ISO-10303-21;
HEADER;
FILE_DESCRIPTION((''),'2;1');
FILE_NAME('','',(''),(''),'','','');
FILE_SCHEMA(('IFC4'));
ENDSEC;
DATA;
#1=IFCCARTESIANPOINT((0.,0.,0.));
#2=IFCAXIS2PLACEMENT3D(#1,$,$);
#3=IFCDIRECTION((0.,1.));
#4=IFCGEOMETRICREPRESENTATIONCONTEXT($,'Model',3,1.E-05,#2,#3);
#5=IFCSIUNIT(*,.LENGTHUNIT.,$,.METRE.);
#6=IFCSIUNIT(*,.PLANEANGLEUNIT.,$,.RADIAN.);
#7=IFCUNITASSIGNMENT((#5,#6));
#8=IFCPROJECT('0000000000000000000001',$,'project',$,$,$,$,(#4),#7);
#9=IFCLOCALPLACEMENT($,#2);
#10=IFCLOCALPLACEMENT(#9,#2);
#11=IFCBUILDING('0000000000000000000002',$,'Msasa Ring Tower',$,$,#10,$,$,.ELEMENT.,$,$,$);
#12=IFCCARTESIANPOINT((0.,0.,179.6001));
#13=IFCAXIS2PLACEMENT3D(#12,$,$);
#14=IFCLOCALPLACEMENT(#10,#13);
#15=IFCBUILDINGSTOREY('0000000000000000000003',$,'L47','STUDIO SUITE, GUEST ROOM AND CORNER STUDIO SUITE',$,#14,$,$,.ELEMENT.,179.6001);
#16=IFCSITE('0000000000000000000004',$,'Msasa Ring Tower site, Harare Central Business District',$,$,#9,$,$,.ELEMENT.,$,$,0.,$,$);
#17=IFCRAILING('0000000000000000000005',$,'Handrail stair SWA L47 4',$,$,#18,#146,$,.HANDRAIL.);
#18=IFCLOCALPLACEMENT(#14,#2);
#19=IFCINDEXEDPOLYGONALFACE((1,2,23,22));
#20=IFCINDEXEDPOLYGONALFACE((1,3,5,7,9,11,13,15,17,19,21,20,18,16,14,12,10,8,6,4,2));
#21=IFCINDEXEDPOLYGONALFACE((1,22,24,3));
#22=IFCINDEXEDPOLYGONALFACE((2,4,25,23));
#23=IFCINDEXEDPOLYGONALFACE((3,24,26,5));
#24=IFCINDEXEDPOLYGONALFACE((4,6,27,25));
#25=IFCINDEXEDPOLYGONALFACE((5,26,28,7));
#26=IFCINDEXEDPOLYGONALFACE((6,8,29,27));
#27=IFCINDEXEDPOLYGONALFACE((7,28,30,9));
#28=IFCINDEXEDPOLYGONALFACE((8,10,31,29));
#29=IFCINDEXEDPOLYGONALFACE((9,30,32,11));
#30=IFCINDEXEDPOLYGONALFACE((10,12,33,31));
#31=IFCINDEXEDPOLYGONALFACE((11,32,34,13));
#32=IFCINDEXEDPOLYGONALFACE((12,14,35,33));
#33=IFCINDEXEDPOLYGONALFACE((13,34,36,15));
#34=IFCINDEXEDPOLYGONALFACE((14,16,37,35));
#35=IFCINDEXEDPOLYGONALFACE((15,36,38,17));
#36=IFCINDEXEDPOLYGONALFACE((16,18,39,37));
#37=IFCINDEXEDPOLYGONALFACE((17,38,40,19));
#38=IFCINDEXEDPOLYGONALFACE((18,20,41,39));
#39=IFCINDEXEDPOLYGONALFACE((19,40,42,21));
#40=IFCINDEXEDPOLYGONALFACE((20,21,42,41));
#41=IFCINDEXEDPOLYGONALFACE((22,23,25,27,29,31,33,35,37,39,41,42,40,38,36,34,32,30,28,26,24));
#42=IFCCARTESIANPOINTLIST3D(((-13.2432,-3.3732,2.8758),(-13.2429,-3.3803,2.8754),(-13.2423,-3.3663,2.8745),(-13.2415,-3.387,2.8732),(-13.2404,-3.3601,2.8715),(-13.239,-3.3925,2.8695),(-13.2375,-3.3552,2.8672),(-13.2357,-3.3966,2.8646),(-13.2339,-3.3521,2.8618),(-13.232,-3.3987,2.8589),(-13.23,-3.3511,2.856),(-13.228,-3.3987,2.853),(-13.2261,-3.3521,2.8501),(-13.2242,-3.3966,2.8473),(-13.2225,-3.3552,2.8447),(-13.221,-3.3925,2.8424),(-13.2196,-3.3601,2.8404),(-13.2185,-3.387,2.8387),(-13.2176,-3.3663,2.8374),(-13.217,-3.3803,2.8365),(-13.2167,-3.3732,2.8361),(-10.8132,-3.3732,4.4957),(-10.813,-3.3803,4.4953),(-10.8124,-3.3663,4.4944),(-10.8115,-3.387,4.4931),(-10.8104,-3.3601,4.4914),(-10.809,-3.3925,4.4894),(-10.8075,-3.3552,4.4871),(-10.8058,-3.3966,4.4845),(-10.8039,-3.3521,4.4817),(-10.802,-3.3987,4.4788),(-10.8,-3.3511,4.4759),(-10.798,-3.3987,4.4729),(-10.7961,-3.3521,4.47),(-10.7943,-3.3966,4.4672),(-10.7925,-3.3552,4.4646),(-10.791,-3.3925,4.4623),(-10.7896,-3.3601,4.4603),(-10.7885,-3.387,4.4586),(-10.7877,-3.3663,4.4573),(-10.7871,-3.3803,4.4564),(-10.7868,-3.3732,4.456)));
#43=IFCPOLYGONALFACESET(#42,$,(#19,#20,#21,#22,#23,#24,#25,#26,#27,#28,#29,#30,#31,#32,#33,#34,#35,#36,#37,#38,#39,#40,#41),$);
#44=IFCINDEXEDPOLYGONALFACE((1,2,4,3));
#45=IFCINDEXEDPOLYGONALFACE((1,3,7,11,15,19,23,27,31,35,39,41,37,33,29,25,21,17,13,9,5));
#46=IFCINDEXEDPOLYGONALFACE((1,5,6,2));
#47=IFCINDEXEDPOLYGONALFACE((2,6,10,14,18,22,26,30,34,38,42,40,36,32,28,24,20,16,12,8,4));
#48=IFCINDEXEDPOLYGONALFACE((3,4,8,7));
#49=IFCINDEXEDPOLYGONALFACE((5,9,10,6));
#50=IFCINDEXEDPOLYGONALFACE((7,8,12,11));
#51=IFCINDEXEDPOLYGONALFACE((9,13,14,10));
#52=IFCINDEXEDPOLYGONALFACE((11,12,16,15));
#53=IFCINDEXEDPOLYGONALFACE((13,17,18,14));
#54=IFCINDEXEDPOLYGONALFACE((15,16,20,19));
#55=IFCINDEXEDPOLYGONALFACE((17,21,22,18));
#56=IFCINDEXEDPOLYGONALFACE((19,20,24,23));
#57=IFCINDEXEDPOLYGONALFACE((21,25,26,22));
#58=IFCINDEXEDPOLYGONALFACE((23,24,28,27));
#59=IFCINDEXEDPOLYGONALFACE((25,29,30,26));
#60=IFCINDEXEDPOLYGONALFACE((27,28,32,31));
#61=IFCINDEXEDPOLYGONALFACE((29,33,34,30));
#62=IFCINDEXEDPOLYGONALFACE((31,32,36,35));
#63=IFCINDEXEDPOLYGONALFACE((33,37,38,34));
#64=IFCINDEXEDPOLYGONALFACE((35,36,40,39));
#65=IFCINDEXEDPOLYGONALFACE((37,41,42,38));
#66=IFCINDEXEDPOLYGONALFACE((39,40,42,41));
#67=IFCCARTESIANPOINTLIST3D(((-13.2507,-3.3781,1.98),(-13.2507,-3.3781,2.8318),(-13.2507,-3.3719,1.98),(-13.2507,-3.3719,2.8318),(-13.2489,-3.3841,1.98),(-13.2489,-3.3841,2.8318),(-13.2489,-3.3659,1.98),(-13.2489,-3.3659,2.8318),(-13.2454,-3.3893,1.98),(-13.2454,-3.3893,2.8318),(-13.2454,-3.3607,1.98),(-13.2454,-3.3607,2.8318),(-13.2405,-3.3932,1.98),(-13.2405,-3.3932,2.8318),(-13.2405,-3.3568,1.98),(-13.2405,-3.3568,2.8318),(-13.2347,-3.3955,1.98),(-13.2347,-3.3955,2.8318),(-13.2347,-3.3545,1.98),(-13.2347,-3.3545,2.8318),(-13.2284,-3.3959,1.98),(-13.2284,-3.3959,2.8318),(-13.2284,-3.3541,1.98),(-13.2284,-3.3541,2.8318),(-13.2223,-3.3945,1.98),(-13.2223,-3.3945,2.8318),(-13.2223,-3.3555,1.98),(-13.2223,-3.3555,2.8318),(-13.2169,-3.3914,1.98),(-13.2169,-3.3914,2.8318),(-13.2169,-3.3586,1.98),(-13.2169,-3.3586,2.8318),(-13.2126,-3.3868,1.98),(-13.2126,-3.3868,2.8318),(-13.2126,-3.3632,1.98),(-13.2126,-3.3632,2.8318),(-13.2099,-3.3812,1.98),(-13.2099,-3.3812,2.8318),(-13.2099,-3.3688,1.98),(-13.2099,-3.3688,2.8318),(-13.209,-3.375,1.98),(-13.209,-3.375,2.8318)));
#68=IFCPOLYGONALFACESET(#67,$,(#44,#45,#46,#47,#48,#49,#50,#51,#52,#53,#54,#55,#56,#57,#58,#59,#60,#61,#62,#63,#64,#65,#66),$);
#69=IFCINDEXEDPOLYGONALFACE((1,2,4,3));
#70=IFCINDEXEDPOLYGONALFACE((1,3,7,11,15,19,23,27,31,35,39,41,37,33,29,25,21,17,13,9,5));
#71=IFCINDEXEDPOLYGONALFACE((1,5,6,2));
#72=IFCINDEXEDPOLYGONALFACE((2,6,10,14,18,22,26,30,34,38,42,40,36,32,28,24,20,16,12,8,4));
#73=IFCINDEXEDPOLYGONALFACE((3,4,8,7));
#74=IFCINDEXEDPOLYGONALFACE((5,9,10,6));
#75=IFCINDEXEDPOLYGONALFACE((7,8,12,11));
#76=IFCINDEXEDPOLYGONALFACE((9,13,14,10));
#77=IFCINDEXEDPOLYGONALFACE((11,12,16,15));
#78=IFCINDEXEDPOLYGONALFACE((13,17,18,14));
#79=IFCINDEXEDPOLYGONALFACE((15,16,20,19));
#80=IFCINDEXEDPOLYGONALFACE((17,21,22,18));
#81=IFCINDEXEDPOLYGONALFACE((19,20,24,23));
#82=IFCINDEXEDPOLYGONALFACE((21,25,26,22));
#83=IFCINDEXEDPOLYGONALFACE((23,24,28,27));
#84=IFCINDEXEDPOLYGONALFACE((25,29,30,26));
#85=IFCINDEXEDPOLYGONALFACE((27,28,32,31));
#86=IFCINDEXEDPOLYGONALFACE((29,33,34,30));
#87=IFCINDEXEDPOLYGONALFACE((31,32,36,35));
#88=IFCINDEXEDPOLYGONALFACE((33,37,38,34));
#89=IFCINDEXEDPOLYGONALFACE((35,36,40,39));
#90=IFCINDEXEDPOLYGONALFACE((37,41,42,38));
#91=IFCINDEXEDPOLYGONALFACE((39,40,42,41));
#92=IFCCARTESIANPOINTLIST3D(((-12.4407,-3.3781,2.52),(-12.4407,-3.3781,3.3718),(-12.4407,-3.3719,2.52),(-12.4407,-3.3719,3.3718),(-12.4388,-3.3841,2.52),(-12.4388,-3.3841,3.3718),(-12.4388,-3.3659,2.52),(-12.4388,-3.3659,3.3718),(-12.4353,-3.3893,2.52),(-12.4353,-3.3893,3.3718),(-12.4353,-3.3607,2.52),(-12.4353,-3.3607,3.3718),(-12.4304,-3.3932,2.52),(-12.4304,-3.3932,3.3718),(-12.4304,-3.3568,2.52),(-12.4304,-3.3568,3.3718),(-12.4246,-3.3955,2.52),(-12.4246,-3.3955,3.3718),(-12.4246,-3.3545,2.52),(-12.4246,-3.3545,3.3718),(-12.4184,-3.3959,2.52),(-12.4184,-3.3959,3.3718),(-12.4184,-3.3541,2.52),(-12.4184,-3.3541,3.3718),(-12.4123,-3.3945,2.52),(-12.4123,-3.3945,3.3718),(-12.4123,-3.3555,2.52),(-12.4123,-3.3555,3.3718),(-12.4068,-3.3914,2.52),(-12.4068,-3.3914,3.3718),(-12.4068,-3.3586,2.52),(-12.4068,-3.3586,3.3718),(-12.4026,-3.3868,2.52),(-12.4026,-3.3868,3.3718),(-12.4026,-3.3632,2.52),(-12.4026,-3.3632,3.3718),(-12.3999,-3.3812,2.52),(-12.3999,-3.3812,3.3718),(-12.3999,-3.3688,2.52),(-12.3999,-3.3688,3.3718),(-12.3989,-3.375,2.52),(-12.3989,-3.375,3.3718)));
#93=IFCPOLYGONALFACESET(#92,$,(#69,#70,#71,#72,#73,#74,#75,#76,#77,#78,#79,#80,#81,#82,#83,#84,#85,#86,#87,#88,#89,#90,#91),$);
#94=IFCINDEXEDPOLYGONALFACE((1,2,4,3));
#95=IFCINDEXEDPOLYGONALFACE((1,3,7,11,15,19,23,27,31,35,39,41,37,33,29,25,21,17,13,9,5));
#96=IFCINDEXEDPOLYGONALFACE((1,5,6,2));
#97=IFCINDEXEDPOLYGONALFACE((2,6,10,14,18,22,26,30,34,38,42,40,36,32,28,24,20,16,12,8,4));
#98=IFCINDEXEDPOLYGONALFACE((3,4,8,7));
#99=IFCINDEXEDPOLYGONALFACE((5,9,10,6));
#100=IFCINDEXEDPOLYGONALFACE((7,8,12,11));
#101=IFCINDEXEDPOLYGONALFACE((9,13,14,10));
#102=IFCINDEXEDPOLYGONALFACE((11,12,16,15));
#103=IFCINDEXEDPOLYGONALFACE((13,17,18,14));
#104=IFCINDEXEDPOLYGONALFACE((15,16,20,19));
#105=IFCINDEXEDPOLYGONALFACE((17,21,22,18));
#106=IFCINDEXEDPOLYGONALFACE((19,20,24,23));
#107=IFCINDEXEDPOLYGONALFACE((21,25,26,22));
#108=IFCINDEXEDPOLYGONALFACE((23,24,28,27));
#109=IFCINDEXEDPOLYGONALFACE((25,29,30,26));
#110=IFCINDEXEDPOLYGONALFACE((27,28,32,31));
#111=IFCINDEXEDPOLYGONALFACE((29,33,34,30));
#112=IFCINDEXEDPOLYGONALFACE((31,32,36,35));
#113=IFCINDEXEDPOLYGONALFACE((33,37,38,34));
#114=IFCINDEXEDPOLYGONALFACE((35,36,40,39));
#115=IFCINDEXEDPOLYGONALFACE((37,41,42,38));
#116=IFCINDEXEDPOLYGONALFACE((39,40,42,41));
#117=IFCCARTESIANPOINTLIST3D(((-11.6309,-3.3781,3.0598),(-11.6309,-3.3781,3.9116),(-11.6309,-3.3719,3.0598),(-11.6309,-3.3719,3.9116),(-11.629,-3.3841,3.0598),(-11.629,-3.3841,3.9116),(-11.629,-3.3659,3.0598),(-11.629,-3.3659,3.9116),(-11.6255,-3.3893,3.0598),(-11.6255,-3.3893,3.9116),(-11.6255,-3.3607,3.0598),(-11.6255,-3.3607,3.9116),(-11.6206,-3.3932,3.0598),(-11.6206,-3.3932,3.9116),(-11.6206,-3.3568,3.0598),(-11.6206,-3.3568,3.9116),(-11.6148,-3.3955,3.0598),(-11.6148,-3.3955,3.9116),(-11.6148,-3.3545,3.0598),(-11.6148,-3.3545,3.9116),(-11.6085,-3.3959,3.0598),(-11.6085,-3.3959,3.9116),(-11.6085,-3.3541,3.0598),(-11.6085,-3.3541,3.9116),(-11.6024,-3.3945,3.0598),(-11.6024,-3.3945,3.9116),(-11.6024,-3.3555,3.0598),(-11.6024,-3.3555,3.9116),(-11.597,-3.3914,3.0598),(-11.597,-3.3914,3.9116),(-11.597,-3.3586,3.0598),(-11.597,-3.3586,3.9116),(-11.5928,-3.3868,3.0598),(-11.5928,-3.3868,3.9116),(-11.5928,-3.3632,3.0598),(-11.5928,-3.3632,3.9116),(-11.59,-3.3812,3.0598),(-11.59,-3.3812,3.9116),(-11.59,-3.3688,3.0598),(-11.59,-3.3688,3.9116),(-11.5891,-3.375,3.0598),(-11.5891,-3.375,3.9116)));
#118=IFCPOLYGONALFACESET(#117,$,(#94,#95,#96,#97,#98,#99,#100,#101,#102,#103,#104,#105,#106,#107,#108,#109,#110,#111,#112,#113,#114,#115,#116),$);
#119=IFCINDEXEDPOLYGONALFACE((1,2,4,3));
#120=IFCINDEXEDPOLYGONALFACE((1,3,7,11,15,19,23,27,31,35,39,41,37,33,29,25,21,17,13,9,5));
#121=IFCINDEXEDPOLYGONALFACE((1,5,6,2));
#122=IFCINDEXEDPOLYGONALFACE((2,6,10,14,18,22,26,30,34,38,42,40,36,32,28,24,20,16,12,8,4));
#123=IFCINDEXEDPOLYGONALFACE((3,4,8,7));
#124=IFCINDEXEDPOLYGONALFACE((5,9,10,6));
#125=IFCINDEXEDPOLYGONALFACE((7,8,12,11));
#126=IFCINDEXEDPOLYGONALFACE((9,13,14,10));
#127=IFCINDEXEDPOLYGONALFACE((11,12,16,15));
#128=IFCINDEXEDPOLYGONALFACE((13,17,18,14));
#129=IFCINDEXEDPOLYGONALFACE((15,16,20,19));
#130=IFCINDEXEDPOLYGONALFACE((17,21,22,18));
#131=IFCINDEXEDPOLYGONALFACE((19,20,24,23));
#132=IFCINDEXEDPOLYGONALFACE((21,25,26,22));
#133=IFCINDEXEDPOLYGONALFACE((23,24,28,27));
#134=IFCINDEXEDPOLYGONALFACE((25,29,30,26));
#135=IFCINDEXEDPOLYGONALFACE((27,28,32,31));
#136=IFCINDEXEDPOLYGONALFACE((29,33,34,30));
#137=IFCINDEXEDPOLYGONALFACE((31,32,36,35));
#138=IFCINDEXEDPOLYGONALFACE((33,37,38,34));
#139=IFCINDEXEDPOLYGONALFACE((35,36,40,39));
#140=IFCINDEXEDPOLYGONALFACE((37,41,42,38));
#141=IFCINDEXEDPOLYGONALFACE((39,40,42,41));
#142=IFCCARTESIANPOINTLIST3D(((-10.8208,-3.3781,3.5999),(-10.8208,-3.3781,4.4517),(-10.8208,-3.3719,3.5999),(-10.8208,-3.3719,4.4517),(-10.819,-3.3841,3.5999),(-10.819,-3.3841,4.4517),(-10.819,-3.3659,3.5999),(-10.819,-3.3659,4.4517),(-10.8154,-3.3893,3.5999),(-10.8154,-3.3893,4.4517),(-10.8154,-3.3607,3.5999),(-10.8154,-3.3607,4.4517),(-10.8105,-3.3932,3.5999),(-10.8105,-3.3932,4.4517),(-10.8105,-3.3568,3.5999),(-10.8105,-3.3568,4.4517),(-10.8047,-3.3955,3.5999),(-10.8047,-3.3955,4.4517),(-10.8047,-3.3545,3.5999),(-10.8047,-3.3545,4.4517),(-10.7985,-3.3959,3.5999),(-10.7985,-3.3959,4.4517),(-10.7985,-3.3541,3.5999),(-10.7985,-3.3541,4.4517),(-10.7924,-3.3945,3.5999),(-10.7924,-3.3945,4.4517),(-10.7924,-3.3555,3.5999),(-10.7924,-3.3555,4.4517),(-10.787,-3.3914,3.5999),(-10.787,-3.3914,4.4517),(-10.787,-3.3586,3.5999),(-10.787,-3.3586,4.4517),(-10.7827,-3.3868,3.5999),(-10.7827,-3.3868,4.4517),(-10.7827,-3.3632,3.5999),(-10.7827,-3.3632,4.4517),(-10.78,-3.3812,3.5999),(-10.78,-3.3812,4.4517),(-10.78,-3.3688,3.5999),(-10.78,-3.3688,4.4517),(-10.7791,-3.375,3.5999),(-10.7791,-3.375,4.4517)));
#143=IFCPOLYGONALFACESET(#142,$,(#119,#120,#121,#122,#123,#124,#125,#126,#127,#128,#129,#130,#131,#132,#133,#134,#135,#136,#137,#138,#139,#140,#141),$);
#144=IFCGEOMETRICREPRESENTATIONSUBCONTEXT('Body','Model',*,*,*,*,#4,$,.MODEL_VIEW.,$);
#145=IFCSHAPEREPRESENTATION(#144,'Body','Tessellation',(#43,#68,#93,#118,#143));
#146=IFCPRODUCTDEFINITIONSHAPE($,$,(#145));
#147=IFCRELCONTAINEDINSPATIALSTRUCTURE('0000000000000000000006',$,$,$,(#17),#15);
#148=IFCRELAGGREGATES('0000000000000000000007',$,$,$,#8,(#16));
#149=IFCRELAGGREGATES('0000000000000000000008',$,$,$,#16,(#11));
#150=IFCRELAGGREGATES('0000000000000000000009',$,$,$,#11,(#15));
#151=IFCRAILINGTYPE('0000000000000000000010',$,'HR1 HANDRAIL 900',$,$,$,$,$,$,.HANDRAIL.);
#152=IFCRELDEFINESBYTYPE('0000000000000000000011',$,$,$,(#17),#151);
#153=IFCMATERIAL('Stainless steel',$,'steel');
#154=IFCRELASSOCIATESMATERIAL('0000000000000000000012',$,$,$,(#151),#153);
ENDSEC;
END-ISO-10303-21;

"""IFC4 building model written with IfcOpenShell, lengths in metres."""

from ifc_helpers import new_model, si_unit, direction, frame, origin, origin_2d, place, context, subcontext, project, spatial, circle, extrude, material, type_object, element, save


model = new_model("IFC4")

# Units and contexts
model_context = context("Model", 3, precision=1e-05, world=origin(), true_north=direction((0.0, 1.0)))
body_context = subcontext(model_context, "Body", "Model", "MODEL_VIEW")
ifc_project = project(units=[si_unit("LENGTHUNIT", "METRE"), si_unit("PLANEANGLEUNIT", "RADIAN")], contexts=[model_context])

# Site, building, storey
site_placement = place(None, origin())
site = spatial("IfcSite", under=ifc_project, at=site_placement, Name="Msasa Ring Tower site, Harare Central Business District", CompositionType="ELEMENT", RefElevation=0.0)
building_placement = place(site_placement, origin())
building = spatial("IfcBuilding", under=site, at=building_placement, Name="Msasa Ring Tower", CompositionType="ELEMENT")
storey_placement = place(building_placement, frame((0.0, 0.0, 179.6001)))
storey = spatial("IfcBuildingStorey", under=building, at=storey_placement, Name="L47", Description="STUDIO SUITE, GUEST ROOM AND CORNER STUDIO SUITE", CompositionType="ELEMENT", Elevation=179.6001)

# Railing
ifc_material_1 = material(Name="Stainless steel", Category="steel")
railing_type = type_object("IfcRailingType", Name="HR1 HANDRAIL 900", PredefinedType="HANDRAIL", material=ifc_material_1)
for number, where, name in (
    (1, (-13.23, -3.375, 1.98), "Handrail stair SWA L47 4"),
):
    element("IfcRailing", number, at=place(storey_placement, frame(where)), inside=storey, type_object=railing_type, Name=name, PredefinedType="HANDRAIL", context=body_context, shape_type="SweptSolid", body=[
        extrude(circle(Radius=0.0239, at=origin_2d()), frame((0.0, 0.0, 0.876), z_axis=(0.832063, 0.0, 0.554681), x_axis=(0.0, 1.0, 0.0)), (0.0, 0.0, 1.0), 2.9204),
        extrude(circle(Radius=0.021, at=origin_2d()), origin(), (0.0, 0.0, 1.0), 0.8518),
        extrude(circle(Radius=0.021, at=origin_2d()), frame((0.8101, 0.0, 0.54)), (0.0, 0.0, 1.0), 0.8518),
        extrude(circle(Radius=0.021, at=origin_2d()), frame((1.6199, 0.0, 1.0798)), (0.0, 0.0, 1.0), 0.8518),
        extrude(circle(Radius=0.021, at=origin_2d()), frame((2.4299, 0.0, 1.6199)), (0.0, 0.0, 1.0), 0.8518),
    ])

save(model, "model.ifc")
